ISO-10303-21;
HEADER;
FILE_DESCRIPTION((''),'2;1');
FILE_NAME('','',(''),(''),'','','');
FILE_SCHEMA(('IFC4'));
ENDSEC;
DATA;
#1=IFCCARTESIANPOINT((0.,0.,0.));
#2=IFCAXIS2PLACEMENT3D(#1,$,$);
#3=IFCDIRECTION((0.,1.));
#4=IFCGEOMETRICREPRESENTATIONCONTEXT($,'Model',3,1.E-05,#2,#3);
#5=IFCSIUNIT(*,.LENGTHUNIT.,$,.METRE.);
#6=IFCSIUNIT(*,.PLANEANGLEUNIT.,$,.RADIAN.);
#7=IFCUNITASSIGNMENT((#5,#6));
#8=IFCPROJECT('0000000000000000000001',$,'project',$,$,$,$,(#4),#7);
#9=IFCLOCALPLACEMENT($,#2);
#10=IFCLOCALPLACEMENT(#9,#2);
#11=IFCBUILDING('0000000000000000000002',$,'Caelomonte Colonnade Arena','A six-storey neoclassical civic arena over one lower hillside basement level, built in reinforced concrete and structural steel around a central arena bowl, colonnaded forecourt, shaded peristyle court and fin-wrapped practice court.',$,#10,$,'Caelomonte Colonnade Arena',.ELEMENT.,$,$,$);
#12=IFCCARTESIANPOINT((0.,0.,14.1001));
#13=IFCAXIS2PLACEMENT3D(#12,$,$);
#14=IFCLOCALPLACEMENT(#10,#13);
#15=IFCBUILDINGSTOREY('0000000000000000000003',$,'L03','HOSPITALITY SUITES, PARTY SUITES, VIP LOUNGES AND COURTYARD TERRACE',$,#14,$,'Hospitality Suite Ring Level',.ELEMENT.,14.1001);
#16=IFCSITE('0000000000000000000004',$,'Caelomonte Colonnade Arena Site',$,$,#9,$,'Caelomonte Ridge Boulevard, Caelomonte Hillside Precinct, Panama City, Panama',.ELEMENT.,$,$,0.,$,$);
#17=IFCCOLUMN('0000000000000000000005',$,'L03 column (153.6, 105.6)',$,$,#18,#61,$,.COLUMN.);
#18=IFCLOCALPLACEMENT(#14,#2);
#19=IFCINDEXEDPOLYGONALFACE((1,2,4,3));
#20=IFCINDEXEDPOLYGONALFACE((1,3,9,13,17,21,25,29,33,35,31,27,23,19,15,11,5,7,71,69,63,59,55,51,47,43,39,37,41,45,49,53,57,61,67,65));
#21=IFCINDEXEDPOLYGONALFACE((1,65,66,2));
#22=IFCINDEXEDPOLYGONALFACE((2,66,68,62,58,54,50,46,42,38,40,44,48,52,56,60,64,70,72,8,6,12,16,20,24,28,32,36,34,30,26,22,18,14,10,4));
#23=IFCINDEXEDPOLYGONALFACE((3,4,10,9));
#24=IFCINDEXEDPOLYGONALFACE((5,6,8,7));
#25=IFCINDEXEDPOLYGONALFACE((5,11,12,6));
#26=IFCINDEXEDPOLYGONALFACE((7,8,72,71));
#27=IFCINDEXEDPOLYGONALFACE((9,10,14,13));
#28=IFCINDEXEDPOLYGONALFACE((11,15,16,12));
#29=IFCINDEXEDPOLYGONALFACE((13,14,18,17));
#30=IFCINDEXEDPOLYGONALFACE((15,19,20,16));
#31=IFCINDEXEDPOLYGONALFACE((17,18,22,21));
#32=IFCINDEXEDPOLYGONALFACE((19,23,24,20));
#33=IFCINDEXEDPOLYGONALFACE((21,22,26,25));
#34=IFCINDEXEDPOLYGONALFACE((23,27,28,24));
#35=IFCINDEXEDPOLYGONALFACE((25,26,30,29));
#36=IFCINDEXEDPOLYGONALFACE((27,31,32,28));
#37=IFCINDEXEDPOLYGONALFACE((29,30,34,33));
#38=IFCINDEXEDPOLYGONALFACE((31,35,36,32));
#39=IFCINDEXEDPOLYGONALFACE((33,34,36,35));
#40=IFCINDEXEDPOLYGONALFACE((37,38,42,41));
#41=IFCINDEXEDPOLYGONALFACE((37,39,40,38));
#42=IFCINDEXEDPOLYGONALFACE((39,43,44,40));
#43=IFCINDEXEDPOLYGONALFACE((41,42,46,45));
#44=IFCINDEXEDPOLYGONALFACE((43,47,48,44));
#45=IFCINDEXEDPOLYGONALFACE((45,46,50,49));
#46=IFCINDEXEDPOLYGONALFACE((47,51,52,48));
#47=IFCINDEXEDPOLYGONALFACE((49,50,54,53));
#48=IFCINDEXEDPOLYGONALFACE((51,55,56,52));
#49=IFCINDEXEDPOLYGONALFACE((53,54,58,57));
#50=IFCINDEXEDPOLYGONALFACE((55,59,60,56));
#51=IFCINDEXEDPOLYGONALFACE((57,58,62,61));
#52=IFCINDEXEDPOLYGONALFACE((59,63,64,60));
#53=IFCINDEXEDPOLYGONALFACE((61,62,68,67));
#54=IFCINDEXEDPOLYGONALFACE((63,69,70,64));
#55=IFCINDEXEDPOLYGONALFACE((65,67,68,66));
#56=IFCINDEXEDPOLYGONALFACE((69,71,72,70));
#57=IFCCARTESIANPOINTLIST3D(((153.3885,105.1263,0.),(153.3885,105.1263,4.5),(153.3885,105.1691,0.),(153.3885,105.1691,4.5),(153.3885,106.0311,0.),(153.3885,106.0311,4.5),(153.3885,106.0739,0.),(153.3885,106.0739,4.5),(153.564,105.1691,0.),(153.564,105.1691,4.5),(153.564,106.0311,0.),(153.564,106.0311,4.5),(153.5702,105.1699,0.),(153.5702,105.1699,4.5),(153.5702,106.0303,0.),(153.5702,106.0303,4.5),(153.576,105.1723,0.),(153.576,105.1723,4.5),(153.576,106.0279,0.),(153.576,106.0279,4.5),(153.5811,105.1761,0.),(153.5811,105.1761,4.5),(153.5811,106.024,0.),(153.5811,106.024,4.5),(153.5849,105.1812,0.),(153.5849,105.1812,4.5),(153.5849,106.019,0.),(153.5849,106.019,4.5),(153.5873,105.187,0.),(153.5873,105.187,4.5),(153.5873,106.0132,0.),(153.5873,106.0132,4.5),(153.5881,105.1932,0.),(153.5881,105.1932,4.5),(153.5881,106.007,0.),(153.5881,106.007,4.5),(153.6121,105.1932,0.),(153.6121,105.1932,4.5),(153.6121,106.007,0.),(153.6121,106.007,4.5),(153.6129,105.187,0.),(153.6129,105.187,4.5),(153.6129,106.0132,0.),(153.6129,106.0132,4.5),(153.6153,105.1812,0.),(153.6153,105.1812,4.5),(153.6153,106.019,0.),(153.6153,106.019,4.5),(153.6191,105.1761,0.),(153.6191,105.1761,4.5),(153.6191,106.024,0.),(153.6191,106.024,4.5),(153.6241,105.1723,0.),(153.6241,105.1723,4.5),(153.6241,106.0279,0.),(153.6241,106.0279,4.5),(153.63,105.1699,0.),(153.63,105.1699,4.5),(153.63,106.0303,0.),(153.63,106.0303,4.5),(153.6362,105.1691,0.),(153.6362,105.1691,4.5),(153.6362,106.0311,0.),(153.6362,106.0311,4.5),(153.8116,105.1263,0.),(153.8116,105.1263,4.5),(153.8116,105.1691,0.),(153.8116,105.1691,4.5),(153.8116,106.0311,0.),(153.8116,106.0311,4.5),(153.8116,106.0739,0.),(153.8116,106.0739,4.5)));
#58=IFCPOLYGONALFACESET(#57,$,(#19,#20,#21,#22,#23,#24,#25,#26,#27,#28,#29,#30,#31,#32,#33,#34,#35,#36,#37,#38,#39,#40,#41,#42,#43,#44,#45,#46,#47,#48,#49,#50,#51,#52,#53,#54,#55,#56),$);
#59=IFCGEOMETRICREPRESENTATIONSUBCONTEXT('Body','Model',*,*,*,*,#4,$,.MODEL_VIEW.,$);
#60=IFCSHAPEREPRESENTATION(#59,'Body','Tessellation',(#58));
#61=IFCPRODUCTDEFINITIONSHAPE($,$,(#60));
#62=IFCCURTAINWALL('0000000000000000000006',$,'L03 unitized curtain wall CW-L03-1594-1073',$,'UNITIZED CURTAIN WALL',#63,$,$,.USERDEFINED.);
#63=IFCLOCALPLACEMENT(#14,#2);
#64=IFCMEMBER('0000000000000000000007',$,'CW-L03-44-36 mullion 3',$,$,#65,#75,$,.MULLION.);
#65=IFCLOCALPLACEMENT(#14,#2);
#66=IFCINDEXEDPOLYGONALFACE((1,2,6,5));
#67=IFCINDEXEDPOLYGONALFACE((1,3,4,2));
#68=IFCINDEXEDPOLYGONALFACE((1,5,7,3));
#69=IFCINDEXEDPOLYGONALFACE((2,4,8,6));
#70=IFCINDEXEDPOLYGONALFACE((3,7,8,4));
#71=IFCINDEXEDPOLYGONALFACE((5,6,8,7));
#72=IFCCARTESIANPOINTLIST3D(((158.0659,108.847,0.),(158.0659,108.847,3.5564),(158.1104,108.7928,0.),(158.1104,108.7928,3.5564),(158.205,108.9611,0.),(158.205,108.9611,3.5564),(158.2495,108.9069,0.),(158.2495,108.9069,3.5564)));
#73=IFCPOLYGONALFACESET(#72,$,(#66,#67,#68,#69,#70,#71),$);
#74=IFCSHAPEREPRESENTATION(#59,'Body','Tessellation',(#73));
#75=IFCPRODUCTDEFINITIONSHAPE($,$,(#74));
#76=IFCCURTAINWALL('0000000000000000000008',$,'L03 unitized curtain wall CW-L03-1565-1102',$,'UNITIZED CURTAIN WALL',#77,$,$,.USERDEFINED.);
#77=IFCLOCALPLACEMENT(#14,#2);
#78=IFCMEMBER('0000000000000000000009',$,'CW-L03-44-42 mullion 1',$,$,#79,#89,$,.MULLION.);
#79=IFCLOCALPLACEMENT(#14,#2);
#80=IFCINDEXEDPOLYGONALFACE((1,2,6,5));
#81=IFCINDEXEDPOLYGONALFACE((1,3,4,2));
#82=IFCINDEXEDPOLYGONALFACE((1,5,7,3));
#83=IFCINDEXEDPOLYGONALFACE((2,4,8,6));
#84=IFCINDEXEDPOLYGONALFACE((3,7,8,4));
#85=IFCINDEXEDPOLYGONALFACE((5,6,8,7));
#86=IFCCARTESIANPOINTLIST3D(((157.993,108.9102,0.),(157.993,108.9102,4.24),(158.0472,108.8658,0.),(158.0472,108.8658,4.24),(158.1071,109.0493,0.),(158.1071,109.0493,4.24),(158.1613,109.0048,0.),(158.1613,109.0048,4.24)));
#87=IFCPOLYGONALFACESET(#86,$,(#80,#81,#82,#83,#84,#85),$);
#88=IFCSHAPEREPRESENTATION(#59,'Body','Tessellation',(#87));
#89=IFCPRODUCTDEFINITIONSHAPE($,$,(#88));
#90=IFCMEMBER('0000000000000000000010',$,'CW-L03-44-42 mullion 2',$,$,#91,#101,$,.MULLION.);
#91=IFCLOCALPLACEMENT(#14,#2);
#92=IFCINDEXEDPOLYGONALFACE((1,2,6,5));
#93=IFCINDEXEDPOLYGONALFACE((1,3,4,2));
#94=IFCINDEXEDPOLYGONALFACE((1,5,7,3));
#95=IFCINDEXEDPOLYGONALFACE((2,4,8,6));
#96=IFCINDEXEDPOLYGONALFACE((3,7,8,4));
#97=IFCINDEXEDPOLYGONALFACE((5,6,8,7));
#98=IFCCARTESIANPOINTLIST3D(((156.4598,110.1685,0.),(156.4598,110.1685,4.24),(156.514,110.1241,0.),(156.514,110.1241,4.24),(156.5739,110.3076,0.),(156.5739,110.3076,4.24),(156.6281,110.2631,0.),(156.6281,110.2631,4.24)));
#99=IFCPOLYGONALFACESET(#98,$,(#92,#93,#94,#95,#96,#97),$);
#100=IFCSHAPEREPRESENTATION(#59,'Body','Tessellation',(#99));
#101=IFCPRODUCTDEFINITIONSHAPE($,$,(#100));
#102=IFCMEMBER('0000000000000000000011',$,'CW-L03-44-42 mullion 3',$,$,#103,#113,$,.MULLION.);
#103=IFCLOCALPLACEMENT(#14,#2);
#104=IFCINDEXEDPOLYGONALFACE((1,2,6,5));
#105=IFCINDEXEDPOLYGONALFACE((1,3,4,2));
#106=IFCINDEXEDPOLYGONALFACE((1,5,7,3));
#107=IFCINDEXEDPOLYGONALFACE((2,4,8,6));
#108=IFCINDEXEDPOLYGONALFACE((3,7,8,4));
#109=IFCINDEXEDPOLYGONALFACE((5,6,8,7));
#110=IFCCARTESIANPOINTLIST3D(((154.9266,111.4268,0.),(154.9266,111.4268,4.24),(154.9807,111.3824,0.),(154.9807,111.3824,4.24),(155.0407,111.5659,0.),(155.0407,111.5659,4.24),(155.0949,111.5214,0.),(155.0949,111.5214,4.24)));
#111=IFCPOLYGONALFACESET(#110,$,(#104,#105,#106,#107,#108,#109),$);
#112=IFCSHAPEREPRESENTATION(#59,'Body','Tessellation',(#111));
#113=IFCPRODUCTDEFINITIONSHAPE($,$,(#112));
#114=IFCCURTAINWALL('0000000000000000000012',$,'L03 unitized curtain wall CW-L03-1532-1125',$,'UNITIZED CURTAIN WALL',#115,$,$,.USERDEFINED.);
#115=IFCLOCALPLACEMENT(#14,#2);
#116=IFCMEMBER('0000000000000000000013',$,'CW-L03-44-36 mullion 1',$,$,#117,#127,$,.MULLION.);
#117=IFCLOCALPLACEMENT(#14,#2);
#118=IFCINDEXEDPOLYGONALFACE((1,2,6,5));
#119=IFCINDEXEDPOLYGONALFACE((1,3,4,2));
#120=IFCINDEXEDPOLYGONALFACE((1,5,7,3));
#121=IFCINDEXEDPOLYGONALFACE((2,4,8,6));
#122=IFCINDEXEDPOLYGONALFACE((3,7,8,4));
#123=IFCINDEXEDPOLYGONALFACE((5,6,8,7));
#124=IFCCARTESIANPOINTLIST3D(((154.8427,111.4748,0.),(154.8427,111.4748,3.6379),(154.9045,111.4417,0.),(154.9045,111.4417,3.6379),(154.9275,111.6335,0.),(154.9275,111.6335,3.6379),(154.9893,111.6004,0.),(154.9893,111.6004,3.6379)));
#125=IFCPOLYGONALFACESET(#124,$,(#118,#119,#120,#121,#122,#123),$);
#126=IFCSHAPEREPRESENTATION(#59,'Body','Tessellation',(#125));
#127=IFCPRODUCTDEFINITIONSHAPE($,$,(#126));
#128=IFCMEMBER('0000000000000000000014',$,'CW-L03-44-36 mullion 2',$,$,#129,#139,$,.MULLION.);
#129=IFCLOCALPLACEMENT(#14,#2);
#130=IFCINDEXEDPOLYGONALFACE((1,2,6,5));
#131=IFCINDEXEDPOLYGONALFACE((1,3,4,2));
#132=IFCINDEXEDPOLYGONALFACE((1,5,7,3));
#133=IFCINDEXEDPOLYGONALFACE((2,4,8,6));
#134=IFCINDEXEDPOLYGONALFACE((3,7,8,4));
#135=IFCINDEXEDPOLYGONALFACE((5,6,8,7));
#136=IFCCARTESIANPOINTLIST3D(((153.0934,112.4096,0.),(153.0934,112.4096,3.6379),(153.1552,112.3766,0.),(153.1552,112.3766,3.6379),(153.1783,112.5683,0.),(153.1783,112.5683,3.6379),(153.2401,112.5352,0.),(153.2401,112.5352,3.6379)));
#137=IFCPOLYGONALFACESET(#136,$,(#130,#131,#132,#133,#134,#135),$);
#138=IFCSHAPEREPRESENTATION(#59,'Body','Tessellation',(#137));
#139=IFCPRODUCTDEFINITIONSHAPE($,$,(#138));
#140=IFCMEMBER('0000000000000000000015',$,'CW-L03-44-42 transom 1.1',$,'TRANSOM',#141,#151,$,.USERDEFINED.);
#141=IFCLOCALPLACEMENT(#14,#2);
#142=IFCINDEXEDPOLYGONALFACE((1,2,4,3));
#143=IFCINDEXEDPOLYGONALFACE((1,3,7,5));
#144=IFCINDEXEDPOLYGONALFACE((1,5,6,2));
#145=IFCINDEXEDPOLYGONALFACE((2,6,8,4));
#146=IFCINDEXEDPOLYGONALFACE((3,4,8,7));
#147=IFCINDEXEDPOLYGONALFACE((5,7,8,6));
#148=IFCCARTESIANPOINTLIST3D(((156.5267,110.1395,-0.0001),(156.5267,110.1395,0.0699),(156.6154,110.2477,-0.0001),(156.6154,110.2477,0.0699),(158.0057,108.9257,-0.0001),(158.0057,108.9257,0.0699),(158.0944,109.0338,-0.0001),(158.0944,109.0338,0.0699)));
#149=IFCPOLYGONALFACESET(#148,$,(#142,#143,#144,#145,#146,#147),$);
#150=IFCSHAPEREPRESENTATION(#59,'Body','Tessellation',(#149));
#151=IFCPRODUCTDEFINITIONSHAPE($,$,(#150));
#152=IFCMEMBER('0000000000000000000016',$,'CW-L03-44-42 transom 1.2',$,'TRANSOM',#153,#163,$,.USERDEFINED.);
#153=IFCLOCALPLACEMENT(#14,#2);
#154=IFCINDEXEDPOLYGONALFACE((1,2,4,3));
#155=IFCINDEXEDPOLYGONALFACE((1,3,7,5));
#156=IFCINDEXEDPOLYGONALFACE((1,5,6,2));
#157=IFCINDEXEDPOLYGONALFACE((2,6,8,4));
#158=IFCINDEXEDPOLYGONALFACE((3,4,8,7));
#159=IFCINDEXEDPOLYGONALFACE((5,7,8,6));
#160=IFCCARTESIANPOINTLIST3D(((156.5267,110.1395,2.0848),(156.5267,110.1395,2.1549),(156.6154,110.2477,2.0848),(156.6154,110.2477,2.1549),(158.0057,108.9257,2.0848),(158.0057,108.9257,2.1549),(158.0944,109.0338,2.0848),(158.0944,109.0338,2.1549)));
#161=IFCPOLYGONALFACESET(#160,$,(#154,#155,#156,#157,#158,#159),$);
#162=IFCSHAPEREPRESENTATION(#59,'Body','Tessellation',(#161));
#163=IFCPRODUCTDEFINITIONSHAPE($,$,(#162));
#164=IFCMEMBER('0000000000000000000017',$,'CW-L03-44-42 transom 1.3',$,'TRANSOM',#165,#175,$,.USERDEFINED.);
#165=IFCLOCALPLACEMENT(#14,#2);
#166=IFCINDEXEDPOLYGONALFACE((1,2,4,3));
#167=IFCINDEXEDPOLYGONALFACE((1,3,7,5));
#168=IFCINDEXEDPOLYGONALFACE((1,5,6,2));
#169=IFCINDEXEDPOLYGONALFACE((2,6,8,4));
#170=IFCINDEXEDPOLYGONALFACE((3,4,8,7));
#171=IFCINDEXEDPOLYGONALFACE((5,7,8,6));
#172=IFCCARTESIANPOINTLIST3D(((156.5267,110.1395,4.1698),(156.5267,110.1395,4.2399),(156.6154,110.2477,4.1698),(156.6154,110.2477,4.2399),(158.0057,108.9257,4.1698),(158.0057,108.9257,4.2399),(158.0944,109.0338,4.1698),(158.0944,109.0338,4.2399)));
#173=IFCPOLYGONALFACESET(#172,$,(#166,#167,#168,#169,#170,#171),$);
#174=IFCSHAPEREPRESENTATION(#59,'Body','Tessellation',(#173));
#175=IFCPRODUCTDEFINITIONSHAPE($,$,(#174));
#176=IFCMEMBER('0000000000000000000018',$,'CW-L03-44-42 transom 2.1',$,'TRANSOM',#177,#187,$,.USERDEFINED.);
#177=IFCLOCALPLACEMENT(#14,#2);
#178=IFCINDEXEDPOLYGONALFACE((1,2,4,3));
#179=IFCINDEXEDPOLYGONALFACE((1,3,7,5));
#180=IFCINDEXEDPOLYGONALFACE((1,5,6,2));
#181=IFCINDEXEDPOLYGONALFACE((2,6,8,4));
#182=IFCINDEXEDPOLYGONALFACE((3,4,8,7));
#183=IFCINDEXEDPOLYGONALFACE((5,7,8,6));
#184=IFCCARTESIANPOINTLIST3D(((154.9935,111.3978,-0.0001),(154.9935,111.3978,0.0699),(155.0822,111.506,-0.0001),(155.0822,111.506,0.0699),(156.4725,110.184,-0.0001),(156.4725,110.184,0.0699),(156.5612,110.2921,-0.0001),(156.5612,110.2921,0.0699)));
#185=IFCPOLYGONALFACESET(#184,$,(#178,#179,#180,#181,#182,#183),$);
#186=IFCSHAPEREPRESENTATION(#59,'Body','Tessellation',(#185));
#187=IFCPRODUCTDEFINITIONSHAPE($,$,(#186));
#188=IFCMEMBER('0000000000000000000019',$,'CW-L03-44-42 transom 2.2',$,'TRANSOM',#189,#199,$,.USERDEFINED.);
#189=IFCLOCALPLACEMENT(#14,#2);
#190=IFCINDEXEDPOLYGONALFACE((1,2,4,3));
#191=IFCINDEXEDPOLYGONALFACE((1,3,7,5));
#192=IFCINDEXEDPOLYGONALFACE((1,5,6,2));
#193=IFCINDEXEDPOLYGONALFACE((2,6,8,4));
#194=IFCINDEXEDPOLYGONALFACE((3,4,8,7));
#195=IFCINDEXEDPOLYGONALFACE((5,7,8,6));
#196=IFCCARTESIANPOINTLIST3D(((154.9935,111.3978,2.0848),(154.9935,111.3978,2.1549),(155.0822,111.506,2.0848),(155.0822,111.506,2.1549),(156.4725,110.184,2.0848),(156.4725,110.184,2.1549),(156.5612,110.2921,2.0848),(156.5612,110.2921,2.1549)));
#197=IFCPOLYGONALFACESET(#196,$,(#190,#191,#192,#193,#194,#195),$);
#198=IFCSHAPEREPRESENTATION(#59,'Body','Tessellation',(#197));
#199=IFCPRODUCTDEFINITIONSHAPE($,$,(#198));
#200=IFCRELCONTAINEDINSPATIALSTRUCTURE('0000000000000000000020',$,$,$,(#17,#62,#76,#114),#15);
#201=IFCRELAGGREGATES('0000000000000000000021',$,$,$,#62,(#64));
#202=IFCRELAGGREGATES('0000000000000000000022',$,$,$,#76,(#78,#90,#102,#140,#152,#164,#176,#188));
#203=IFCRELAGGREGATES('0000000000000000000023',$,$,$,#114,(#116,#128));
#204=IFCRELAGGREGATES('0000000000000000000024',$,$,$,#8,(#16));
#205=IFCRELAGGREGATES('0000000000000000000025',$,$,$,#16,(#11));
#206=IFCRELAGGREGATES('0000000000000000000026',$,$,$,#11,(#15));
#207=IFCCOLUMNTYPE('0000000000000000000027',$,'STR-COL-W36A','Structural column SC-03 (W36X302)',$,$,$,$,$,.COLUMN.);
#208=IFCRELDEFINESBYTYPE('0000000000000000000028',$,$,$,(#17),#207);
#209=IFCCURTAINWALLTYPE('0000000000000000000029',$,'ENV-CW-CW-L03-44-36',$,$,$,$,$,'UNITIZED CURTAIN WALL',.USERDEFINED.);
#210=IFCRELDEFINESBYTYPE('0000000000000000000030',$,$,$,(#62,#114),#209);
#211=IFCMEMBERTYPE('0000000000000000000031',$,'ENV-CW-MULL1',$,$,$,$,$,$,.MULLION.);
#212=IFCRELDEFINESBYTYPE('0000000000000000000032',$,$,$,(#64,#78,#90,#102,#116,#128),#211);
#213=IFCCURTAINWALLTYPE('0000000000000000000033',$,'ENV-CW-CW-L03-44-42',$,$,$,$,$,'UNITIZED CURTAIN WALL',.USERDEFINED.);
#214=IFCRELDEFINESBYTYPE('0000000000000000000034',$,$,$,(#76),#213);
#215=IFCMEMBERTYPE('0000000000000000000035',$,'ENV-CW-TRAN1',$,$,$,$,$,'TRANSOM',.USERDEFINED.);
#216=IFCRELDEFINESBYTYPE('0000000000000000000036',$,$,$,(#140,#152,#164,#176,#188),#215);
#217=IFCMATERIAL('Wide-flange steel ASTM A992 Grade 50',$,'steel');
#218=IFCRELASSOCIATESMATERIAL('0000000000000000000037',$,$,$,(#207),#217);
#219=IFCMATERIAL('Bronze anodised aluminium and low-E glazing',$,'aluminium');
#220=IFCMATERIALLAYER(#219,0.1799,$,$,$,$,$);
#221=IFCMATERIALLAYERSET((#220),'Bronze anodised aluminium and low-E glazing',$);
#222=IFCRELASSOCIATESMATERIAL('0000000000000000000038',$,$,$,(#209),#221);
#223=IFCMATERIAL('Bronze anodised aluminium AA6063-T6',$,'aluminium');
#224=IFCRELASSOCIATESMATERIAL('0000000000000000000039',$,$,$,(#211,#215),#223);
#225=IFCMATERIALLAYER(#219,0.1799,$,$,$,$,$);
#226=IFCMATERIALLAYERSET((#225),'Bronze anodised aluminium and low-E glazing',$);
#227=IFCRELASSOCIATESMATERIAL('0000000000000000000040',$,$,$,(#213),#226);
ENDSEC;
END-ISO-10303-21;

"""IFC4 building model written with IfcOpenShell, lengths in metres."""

from ifc_helpers import new_model, si_unit, direction, frame, origin, origin_2d, place, context, subcontext, project, spatial, rectangle, i_section, extrude, material, layer, layer_set, material_profile, profile_set, type_object, element, aggregate, save


model = new_model("IFC4")

# Units and contexts
model_context = context("Model", 3, precision=1e-05, world=origin(), true_north=direction((0.0, 1.0)))
body_context = subcontext(model_context, "Body", "Model", "MODEL_VIEW")
ifc_project = project(units=[si_unit("LENGTHUNIT", "METRE"), si_unit("PLANEANGLEUNIT", "RADIAN")], contexts=[model_context])

# Site, building, storey
site_placement = place(None, origin())
site = spatial("IfcSite", under=ifc_project, at=site_placement, Name="Caelomonte Colonnade Arena Site", LongName="Caelomonte Ridge Boulevard, Caelomonte Hillside Precinct, Panama City, Panama", CompositionType="ELEMENT", RefElevation=0.0)
building_placement = place(site_placement, origin())
building = spatial("IfcBuilding", under=site, at=building_placement, Name="Caelomonte Colonnade Arena", Description="A six-storey neoclassical civic arena over one lower hillside basement level, built in reinforced concrete and structural steel around a central arena bowl, colonnaded forecourt, shaded peristyle court and fin-wrapped practice court.", LongName="Caelomonte Colonnade Arena", CompositionType="ELEMENT")
storey_placement = place(building_placement, frame((0.0, 0.0, 14.1001)))
storey = spatial("IfcBuildingStorey", under=building, at=storey_placement, Name="L03", Description="HOSPITALITY SUITES, PARTY SUITES, VIP LOUNGES AND COURTYARD TERRACE", LongName="Hospitality Suite Ring Level", CompositionType="ELEMENT", Elevation=14.1001)

# Column
ifc_material_1 = material(Name="Wide-flange steel ASTM A992 Grade 50", Category="steel")
ifc_material_profile_1 = material_profile(ifc_material_1, i_section(OverallWidth=0.4231, OverallDepth=0.9475, WebThickness=0.0239, FlangeThickness=0.0427, FilletRadius=0.0242, at=origin_2d()), Name="W36X302")
ifc_profile_set_1 = profile_set([ifc_material_profile_1], Name="Wide-flange steel ASTM A992 Grade 50")
column_type = type_object("IfcColumnType", Name="STR-COL-W36A", Description="Structural column SC-03 (W36X302)", PredefinedType="COLUMN", material=ifc_profile_set_1)
column_placement = place(storey_placement, frame((153.6001, 105.6001, 0.0), z_axis=(0.0, 0.0, 1.0), x_axis=(1.0, 0.0, 0.0)))
element("IfcColumn", 1, at=column_placement, inside=storey, type_object=column_type, Name="L03 column (153.6, 105.6)", PredefinedType="COLUMN", context=body_context, shape_type="SweptSolid", body=[
    extrude(i_section(OverallWidth=0.4231, OverallDepth=0.9475, WebThickness=0.0239, FlangeThickness=0.0427, FilletRadius=0.0242, at=origin_2d()), origin(), (0.0, 0.0, 1.0), 4.5),
])

# Curtain wall, member
ifc_material_2 = material(Name="Bronze anodised aluminium and low-E glazing", Category="aluminium")
ifc_layer_1 = layer(ifc_material_2, 0.1799)
ifc_layer_set_1 = layer_set([ifc_layer_1], Name="Bronze anodised aluminium and low-E glazing")
curtain_wall_type_1 = type_object("IfcCurtainWallType", Name="ENV-CW-CW-L03-44-36", ElementType="UNITIZED CURTAIN WALL", PredefinedType="USERDEFINED", material=ifc_layer_set_1)
curtain_wall_1_placement = place(storey_placement, origin())
curtain_wall_1 = element("IfcCurtainWall", 2, at=curtain_wall_1_placement, inside=storey, type_object=curtain_wall_type_1, Name="L03 unitized curtain wall CW-L03-1594-1073", ObjectType="UNITIZED CURTAIN WALL", PredefinedType="USERDEFINED")
ifc_material_3 = material(Name="Bronze anodised aluminium AA6063-T6", Category="aluminium")
ifc_material_profile_2 = material_profile(ifc_material_3, rectangle(XDim=0.0701, YDim=0.1799, at=origin_2d()), Name="CWM-70X180")
ifc_profile_set_2 = profile_set([ifc_material_profile_2], Name="Bronze anodised aluminium AA6063-T6")
member_type_1 = type_object("IfcMemberType", Name="ENV-CW-MULL1", PredefinedType="MULLION", material=ifc_profile_set_2)
member_1_placement = place(storey_placement, frame((158.1577, 108.877, 0.0), z_axis=(0.0, 0.0, 1.0), x_axis=(-0.634416, 0.772992, 0.0)))
member_1 = element("IfcMember", 3, at=member_1_placement, type_object=member_type_1, Name="CW-L03-44-36 mullion 3", PredefinedType="MULLION", context=body_context, shape_type="SweptSolid", body=[
    extrude(rectangle(XDim=0.0701, YDim=0.1799, at=origin_2d()), origin(), (0.0, 0.0, 1.0), 3.5564),
])
aggregate(curtain_wall_1, [member_1])

# Curtain walls, members
ifc_layer_2 = layer(ifc_material_2, 0.1799)
ifc_layer_set_2 = layer_set([ifc_layer_2], Name="Bronze anodised aluminium and low-E glazing")
curtain_wall_type_2 = type_object("IfcCurtainWallType", Name="ENV-CW-CW-L03-44-42", ElementType="UNITIZED CURTAIN WALL", PredefinedType="USERDEFINED", material=ifc_layer_set_2)
curtain_wall_2_placement = place(storey_placement, origin())
curtain_wall_2 = element("IfcCurtainWall", 4, at=curtain_wall_2_placement, inside=storey, type_object=curtain_wall_type_2, Name="L03 unitized curtain wall CW-L03-1565-1102", ObjectType="UNITIZED CURTAIN WALL", PredefinedType="USERDEFINED")
member_2_placement = place(storey_placement, frame((158.0771, 108.9575, 0.0), z_axis=(0.0, 0.0, 1.0), x_axis=(-0.772992, 0.634416, 0.0)))
member_2 = element("IfcMember", 5, at=member_2_placement, type_object=member_type_1, Name="CW-L03-44-42 mullion 1", PredefinedType="MULLION", context=body_context, shape_type="SweptSolid", body=[
    extrude(rectangle(XDim=0.0701, YDim=0.1799, at=origin_2d()), origin(), (0.0, 0.0, 1.0), 4.24),
])
member_3_placement = place(storey_placement, frame((156.5439, 110.2158, 0.0), z_axis=(0.0, 0.0, 1.0), x_axis=(-0.772992, 0.634416, 0.0)))
member_3 = element("IfcMember", 6, at=member_3_placement, type_object=member_type_1, Name="CW-L03-44-42 mullion 2", PredefinedType="MULLION", context=body_context, shape_type="SweptSolid", body=[
    extrude(rectangle(XDim=0.0701, YDim=0.1799, at=origin_2d()), origin(), (0.0, 0.0, 1.0), 4.24),
])
member_4_placement = place(storey_placement, frame((155.0107, 111.4741, 0.0), z_axis=(0.0, 0.0, 1.0), x_axis=(-0.772992, 0.634416, 0.0)))
member_4 = element("IfcMember", 7, at=member_4_placement, type_object=member_type_1, Name="CW-L03-44-42 mullion 3", PredefinedType="MULLION", context=body_context, shape_type="SweptSolid", body=[
    extrude(rectangle(XDim=0.0701, YDim=0.1799, at=origin_2d()), origin(), (0.0, 0.0, 1.0), 4.24),
])
curtain_wall_3_placement = place(storey_placement, origin())
curtain_wall_3 = element("IfcCurtainWall", 8, at=curtain_wall_3_placement, inside=storey, type_object=curtain_wall_type_1, Name="L03 unitized curtain wall CW-L03-1532-1125", ObjectType="UNITIZED CURTAIN WALL", PredefinedType="USERDEFINED")
member_5_placement = place(storey_placement, frame((154.916, 111.5376, 0.0), z_axis=(0.0, 0.0, 1.0), x_axis=(-0.881923, 0.471394, 0.0)))
member_5 = element("IfcMember", 9, at=member_5_placement, type_object=member_type_1, Name="CW-L03-44-36 mullion 1", PredefinedType="MULLION", context=body_context, shape_type="SweptSolid", body=[
    extrude(rectangle(XDim=0.0701, YDim=0.1799, at=origin_2d()), origin(), (0.0, 0.0, 1.0), 3.6379),
])
member_6_placement = place(storey_placement, frame((153.1667, 112.4724, 0.0), z_axis=(0.0, 0.0, 1.0), x_axis=(-0.881923, 0.471394, 0.0)))
member_6 = element("IfcMember", 10, at=member_6_placement, type_object=member_type_1, Name="CW-L03-44-36 mullion 2", PredefinedType="MULLION", context=body_context, shape_type="SweptSolid", body=[
    extrude(rectangle(XDim=0.0701, YDim=0.1799, at=origin_2d()), origin(), (0.0, 0.0, 1.0), 3.6379),
])

# Members
ifc_material_profile_3 = material_profile(ifc_material_3, rectangle(XDim=0.0701, YDim=0.1399, at=origin_2d()), Name="CWT-70X140")
ifc_profile_set_3 = profile_set([ifc_material_profile_3], Name="Bronze anodised aluminium AA6063-T6")
member_type_2 = type_object("IfcMemberType", Name="ENV-CW-TRAN1", ElementType="TRANSOM", PredefinedType="USERDEFINED", material=ifc_profile_set_3)
member_7_placement = place(storey_placement, frame((158.05, 108.9797, 0.0349), z_axis=(-0.77299, 0.634418, 0.0), x_axis=(0.0, 0.0, 1.0)))
member_7 = element("IfcMember", 11, at=member_7_placement, type_object=member_type_2, Name="CW-L03-44-42 transom 1.1", ObjectType="TRANSOM", PredefinedType="USERDEFINED", context=body_context, shape_type="SweptSolid", body=[
    extrude(rectangle(XDim=0.0701, YDim=0.1399, at=origin_2d()), origin(), (0.0, 0.0, 1.0), 1.9133),
])
member_8_placement = place(storey_placement, frame((158.05, 108.9797, 2.1199), z_axis=(-0.77299, 0.634418, 0.0), x_axis=(0.0, 0.0, 1.0)))
member_8 = element("IfcMember", 12, at=member_8_placement, type_object=member_type_2, Name="CW-L03-44-42 transom 1.2", ObjectType="TRANSOM", PredefinedType="USERDEFINED", context=body_context, shape_type="SweptSolid", body=[
    extrude(rectangle(XDim=0.0701, YDim=0.1399, at=origin_2d()), origin(), (0.0, 0.0, 1.0), 1.9133),
])
member_9_placement = place(storey_placement, frame((158.05, 108.9797, 4.2048), z_axis=(-0.77299, 0.634418, 0.0), x_axis=(0.0, 0.0, 1.0)))
member_9 = element("IfcMember", 13, at=member_9_placement, type_object=member_type_2, Name="CW-L03-44-42 transom 1.3", ObjectType="TRANSOM", PredefinedType="USERDEFINED", context=body_context, shape_type="SweptSolid", body=[
    extrude(rectangle(XDim=0.0701, YDim=0.1399, at=origin_2d()), origin(), (0.0, 0.0, 1.0), 1.9133),
])
member_10_placement = place(storey_placement, frame((156.5168, 110.238, 0.0349), z_axis=(-0.77299, 0.634418, 0.0), x_axis=(0.0, 0.0, 1.0)))
member_10 = element("IfcMember", 14, at=member_10_placement, type_object=member_type_2, Name="CW-L03-44-42 transom 2.1", ObjectType="TRANSOM", PredefinedType="USERDEFINED", context=body_context, shape_type="SweptSolid", body=[
    extrude(rectangle(XDim=0.0701, YDim=0.1399, at=origin_2d()), origin(), (0.0, 0.0, 1.0), 1.9133),
])
member_11_placement = place(storey_placement, frame((156.5168, 110.238, 2.1199), z_axis=(-0.77299, 0.634418, 0.0), x_axis=(0.0, 0.0, 1.0)))
member_11 = element("IfcMember", 15, at=member_11_placement, type_object=member_type_2, Name="CW-L03-44-42 transom 2.2", ObjectType="TRANSOM", PredefinedType="USERDEFINED", context=body_context, shape_type="SweptSolid", body=[
    extrude(rectangle(XDim=0.0701, YDim=0.1399, at=origin_2d()), origin(), (0.0, 0.0, 1.0), 1.9133),
])

aggregate(curtain_wall_2, [member_2, member_3, member_4, member_7, member_8, member_9, member_10, member_11])
aggregate(curtain_wall_3, [member_5, member_6])

save(model, "model.ifc")
